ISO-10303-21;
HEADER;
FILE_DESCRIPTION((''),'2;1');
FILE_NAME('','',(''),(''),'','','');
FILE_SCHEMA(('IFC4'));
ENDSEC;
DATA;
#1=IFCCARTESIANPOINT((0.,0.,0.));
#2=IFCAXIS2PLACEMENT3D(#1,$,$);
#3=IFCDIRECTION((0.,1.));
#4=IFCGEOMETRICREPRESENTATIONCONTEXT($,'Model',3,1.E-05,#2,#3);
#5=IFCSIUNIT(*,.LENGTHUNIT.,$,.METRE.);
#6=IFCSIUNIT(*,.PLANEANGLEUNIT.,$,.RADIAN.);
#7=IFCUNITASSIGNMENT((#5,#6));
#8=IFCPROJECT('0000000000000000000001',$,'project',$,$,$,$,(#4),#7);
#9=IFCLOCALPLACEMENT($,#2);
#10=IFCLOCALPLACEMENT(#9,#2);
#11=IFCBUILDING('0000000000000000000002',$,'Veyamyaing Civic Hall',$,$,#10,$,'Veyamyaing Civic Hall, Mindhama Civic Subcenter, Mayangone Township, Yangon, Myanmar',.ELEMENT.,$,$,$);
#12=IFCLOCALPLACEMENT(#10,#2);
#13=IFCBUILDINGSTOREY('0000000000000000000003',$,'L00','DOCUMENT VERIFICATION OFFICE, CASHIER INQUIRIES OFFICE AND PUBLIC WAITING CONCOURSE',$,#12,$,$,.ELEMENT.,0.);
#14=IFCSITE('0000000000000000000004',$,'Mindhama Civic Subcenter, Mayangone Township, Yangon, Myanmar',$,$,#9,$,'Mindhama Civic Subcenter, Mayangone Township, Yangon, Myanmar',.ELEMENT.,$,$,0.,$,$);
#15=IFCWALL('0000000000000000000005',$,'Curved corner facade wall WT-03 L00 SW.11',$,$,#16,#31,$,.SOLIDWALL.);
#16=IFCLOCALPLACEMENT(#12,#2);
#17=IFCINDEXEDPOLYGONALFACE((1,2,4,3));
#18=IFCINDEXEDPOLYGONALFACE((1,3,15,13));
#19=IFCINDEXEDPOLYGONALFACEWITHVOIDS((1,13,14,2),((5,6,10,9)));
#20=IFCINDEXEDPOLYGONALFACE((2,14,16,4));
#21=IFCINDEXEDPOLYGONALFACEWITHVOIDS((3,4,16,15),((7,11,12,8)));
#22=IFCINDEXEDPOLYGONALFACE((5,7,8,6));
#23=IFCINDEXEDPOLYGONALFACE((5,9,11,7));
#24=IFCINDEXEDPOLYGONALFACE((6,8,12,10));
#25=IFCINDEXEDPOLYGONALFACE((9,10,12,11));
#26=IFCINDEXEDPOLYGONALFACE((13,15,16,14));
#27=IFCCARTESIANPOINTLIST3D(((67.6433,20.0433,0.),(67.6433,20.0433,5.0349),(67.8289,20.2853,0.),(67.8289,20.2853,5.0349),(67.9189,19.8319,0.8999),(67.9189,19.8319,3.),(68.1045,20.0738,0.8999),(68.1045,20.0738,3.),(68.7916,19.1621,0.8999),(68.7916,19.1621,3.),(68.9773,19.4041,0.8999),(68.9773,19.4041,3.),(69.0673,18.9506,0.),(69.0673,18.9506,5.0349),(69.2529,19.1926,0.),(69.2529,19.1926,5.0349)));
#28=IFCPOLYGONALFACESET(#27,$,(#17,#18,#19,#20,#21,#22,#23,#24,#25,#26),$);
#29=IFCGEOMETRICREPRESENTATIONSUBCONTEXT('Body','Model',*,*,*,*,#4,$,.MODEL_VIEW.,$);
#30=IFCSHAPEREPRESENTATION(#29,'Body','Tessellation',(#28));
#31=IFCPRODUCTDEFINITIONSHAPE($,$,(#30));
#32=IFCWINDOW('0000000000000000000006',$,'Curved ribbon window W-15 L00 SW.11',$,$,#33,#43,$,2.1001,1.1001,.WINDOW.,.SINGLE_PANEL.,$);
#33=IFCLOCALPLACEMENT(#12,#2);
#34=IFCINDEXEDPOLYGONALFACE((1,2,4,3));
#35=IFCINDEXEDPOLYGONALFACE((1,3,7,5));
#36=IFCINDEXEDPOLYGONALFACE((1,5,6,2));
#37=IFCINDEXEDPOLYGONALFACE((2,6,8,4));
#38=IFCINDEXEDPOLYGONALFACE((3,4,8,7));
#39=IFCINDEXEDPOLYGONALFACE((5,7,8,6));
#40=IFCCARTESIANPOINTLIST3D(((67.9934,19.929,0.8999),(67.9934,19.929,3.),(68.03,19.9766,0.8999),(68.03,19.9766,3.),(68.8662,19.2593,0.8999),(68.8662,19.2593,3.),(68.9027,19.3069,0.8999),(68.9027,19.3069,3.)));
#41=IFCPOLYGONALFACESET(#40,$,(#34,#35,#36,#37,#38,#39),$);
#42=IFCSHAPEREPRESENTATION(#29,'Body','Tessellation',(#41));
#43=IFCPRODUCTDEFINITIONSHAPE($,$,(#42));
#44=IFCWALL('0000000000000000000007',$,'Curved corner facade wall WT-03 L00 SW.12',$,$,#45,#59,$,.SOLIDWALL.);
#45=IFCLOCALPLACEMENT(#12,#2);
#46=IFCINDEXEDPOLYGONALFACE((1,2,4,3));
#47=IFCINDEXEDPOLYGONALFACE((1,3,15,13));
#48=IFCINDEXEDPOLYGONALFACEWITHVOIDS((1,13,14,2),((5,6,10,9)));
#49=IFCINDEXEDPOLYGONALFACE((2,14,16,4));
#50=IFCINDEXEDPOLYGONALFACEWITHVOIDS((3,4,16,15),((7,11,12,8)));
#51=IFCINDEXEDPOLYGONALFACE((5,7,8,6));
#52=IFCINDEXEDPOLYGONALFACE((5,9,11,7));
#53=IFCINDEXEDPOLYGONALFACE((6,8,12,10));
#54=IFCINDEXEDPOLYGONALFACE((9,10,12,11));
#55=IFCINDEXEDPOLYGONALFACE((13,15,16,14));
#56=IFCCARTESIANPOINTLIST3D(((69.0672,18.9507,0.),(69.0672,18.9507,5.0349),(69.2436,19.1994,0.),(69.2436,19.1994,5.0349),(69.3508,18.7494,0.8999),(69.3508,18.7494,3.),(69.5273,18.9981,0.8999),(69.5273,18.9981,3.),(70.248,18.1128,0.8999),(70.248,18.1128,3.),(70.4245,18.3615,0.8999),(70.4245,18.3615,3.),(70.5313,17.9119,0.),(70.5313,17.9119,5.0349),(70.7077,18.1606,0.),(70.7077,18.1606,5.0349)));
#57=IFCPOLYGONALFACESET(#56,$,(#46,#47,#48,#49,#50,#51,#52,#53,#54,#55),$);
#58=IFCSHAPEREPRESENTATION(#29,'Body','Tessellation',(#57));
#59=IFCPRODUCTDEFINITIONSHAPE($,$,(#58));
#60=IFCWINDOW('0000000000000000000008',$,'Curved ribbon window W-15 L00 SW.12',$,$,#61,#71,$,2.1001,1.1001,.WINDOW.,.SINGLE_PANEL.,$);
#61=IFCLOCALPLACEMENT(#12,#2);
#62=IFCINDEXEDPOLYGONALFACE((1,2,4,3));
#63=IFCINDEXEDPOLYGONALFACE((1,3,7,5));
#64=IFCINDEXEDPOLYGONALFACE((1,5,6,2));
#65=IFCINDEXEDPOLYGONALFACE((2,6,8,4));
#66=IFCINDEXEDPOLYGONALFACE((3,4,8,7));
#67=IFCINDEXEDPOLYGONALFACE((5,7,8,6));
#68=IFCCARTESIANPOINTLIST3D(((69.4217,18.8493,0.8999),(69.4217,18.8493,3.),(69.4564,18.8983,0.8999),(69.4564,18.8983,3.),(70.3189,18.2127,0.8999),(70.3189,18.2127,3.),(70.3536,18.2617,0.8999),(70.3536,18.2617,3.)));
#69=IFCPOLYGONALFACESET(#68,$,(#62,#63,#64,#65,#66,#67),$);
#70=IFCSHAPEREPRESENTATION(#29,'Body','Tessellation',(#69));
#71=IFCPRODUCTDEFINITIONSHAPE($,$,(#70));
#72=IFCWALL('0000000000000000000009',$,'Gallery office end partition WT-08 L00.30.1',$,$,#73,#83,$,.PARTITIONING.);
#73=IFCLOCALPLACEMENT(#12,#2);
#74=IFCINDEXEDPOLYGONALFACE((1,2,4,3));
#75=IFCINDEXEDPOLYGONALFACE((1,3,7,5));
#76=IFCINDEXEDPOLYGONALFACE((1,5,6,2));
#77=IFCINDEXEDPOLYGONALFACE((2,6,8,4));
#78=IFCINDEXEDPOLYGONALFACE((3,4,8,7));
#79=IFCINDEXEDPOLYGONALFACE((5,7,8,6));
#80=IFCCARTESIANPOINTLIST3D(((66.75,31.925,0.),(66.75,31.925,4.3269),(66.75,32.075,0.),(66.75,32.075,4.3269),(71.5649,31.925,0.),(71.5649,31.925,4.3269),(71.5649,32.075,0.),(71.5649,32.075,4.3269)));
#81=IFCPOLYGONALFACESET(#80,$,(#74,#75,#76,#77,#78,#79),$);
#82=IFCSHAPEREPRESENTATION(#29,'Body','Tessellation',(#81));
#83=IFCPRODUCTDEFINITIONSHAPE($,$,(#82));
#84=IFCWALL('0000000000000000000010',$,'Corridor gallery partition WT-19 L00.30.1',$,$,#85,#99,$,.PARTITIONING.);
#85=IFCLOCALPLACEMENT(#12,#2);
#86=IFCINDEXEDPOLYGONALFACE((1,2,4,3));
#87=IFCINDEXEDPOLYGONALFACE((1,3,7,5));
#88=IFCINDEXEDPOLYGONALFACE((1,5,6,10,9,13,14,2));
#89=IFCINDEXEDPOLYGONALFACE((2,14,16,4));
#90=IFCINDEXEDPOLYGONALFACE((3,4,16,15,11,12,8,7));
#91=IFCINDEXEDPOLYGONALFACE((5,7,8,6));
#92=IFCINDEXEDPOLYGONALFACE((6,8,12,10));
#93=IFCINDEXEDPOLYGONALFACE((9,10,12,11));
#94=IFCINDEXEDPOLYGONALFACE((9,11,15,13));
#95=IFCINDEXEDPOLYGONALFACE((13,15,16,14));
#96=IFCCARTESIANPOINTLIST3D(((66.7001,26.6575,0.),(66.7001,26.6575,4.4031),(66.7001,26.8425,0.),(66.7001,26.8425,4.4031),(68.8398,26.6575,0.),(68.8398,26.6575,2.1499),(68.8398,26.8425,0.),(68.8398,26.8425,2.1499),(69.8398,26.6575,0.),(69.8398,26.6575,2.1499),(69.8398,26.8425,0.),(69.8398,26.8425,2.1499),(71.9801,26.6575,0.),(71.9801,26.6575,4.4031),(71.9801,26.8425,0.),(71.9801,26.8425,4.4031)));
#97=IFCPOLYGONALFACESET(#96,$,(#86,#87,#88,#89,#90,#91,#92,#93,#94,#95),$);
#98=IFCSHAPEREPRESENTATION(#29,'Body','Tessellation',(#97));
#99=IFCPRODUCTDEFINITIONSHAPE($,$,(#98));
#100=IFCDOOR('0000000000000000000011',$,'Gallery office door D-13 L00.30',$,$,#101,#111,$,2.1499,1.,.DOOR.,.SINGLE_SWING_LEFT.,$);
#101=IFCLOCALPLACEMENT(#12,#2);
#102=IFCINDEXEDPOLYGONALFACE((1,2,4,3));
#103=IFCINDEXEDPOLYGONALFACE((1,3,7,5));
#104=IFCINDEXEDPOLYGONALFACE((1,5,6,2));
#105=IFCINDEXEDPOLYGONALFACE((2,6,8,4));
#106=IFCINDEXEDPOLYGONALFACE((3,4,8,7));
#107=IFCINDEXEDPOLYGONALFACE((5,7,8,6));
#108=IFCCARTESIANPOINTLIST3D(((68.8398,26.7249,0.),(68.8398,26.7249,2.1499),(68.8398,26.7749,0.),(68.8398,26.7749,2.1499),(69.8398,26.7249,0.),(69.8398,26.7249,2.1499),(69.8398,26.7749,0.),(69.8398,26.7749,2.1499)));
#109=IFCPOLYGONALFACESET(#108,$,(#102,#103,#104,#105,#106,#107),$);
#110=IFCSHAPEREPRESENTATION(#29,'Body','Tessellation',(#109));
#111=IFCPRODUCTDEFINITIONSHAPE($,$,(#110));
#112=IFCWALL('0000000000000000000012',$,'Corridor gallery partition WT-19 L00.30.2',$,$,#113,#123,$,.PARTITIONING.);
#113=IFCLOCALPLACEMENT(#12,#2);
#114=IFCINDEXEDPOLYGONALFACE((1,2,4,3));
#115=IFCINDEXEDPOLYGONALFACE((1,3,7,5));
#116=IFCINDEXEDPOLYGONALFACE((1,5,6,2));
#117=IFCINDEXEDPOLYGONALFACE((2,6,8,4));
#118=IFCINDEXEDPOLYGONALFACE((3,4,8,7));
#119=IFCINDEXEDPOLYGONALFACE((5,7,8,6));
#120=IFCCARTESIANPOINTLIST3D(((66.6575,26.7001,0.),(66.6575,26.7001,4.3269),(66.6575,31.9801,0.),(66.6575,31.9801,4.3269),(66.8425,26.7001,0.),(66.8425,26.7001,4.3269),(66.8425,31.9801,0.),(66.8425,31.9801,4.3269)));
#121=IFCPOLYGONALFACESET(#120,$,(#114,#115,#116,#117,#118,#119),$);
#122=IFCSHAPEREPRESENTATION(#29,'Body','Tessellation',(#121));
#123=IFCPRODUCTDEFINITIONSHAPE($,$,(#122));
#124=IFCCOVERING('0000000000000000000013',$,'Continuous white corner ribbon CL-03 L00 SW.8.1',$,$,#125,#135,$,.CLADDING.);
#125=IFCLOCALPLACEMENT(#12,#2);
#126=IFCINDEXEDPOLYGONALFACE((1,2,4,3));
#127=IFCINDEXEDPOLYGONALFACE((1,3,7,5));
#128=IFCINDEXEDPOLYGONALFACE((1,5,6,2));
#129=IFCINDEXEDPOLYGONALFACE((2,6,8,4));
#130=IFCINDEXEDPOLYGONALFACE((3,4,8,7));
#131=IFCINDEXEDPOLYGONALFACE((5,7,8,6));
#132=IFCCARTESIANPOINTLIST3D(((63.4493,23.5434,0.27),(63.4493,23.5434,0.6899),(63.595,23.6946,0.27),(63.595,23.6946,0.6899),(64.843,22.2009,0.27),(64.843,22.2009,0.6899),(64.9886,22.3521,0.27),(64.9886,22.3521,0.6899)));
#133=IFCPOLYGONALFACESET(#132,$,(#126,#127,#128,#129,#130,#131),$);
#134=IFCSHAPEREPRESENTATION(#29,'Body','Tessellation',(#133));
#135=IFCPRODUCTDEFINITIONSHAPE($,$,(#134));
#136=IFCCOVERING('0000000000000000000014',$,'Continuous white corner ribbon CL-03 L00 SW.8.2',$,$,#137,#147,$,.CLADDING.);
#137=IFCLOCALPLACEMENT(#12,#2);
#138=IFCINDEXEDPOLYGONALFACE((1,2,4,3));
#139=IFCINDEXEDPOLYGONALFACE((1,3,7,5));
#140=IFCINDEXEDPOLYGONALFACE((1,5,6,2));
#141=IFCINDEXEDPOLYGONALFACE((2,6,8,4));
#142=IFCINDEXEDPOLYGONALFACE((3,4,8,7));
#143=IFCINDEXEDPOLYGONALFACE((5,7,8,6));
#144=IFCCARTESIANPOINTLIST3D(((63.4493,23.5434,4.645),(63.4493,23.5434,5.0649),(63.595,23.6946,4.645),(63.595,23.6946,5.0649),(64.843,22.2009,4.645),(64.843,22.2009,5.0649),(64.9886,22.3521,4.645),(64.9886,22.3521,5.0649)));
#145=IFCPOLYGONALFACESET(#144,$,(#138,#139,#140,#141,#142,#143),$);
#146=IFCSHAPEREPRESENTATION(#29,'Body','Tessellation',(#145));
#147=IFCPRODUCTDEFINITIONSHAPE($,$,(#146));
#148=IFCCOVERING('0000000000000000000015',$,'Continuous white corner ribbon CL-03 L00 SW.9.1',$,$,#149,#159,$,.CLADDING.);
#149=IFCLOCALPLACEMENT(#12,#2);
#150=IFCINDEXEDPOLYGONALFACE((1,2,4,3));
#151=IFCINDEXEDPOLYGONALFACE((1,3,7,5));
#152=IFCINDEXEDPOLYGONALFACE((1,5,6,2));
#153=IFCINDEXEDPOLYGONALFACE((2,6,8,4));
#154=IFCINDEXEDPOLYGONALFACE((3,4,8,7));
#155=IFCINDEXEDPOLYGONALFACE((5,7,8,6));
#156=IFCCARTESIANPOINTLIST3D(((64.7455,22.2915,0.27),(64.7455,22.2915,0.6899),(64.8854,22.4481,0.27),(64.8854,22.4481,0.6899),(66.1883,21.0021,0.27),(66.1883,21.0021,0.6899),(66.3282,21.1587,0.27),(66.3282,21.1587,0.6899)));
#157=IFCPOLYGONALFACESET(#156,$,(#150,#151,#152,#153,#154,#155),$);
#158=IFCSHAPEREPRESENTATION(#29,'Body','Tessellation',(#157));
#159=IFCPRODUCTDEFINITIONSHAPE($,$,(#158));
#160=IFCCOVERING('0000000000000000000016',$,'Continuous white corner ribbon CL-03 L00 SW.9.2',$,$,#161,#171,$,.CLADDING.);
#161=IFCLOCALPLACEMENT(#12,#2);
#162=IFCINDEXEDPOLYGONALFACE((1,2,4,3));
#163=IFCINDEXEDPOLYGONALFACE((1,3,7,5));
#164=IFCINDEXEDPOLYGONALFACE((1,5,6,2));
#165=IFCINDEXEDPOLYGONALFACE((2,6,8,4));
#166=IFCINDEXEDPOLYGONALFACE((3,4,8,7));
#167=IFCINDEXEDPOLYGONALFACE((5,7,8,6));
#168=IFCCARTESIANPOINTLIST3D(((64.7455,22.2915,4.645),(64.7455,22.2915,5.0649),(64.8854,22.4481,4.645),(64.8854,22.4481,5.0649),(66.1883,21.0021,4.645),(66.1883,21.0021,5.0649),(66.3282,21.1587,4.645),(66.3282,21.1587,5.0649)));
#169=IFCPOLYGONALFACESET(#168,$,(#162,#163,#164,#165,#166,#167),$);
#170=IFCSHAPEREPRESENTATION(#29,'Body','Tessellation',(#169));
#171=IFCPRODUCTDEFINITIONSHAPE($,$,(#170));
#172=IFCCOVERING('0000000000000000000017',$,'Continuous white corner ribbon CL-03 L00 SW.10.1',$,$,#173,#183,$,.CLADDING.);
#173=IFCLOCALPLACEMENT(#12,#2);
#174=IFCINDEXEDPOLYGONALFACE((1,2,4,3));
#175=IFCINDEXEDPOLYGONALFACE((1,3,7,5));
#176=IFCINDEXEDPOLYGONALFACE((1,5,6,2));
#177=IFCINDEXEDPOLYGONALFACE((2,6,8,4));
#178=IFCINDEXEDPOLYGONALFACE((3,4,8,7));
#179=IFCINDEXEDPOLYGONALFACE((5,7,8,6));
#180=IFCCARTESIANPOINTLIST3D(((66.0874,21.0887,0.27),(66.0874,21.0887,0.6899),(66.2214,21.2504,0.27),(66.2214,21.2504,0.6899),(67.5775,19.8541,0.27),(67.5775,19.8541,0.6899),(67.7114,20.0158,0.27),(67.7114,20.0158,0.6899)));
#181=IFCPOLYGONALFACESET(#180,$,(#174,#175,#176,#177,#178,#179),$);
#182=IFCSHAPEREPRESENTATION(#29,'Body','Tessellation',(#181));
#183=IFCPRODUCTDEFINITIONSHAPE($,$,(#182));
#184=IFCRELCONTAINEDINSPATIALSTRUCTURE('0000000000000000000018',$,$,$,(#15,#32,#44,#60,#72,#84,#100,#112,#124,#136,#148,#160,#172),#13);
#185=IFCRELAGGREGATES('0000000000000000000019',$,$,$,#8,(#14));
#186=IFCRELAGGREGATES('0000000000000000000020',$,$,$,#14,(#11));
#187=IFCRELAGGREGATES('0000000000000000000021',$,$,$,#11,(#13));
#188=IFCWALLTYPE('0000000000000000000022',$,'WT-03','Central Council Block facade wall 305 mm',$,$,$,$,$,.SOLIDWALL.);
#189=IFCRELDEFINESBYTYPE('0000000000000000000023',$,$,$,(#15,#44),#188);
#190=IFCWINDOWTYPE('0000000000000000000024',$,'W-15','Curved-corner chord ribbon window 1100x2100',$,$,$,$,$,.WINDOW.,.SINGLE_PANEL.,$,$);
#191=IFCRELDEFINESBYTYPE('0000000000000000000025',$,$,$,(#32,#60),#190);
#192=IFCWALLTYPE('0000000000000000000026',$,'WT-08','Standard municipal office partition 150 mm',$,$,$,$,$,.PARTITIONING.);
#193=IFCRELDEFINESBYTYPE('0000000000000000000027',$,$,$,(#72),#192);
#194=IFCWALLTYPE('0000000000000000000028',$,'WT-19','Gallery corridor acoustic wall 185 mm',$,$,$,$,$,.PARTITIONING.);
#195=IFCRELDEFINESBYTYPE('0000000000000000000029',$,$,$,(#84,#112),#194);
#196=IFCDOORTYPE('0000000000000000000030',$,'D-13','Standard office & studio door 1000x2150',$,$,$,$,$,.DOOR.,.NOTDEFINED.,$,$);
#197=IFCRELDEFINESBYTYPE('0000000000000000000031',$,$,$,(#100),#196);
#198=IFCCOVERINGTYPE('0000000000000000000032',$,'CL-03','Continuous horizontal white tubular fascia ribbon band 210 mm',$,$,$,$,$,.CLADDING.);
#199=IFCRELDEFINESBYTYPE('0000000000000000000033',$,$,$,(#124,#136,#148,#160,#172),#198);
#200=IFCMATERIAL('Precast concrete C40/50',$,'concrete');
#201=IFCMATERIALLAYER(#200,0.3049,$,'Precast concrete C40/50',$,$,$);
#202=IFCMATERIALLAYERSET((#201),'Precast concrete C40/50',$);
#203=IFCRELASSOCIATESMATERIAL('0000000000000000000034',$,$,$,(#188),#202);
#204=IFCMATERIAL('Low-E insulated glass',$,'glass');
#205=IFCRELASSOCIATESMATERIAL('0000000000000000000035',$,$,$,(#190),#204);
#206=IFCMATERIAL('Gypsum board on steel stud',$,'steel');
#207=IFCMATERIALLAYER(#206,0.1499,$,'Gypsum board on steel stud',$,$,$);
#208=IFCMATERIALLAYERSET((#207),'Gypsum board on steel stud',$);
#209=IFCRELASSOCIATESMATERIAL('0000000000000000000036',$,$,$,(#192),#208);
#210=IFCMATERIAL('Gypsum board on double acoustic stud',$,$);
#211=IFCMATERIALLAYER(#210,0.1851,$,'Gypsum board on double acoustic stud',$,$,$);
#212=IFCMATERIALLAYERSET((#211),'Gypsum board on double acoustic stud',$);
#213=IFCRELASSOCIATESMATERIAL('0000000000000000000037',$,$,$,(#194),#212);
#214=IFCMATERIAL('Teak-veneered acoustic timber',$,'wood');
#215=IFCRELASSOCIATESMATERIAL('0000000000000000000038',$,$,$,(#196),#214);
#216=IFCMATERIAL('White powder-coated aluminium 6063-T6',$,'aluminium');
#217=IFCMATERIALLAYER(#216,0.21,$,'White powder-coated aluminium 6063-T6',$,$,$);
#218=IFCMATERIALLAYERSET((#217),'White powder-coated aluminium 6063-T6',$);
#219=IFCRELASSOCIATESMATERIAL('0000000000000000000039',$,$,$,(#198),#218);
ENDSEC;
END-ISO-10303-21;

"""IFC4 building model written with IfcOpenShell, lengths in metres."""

from ifc_helpers import new_model, si_unit, direction, frame, frame_2d, origin, origin_2d, place, context, subcontext, project, spatial, rectangle, extrude, material, layer, layer_set, type_object, element, fill, save


model = new_model("IFC4")

# Units and contexts
model_context = context("Model", 3, precision=1e-05, world=origin(), true_north=direction((0.0, 1.0)))
body_context = subcontext(model_context, "Body", "Model", "MODEL_VIEW")
ifc_project = project(units=[si_unit("LENGTHUNIT", "METRE"), si_unit("PLANEANGLEUNIT", "RADIAN")], contexts=[model_context])

# Site, building, storey
site_placement = place(None, origin())
site = spatial("IfcSite", under=ifc_project, at=site_placement, Name="Mindhama Civic Subcenter, Mayangone Township, Yangon, Myanmar", LongName="Mindhama Civic Subcenter, Mayangone Township, Yangon, Myanmar", CompositionType="ELEMENT", RefElevation=0.0)
building_placement = place(site_placement, origin())
building = spatial("IfcBuilding", under=site, at=building_placement, Name="Veyamyaing Civic Hall", LongName="Veyamyaing Civic Hall, Mindhama Civic Subcenter, Mayangone Township, Yangon, Myanmar", CompositionType="ELEMENT")
storey_placement = place(building_placement, origin())
storey = spatial("IfcBuildingStorey", under=building, at=storey_placement, Name="L00", Description="DOCUMENT VERIFICATION OFFICE, CASHIER INQUIRIES OFFICE AND PUBLIC WAITING CONCOURSE", CompositionType="ELEMENT", Elevation=0.0)

# Shared definitions
ifc_material_1 = material(Name="Precast concrete C40/50", Category="concrete")
ifc_layer_1 = layer(ifc_material_1, 0.3049, Name="Precast concrete C40/50")
ifc_layer_set_1 = layer_set([ifc_layer_1], Name="Precast concrete C40/50")
wall_type_1 = type_object("IfcWallType", Name="WT-03", Description="Central Council Block facade wall 305 mm", PredefinedType="SOLIDWALL", material=ifc_layer_set_1)

# Walls, openings, windows
wall_1_placement = place(storey_placement, frame((67.7361, 20.1643, 0.0), z_axis=(0.0, 0.0, 1.0), x_axis=(0.793341, -0.608777, 0.0)))
wall_1 = element("IfcWall", 1, at=wall_1_placement, inside=storey, type_object=wall_type_1, Name="Curved corner facade wall WT-03 L00 SW.11", PredefinedType="SOLIDWALL", context=body_context, shape_type="SweptSolid", body=[
    extrude(rectangle(XDim=1.7949, YDim=0.3049, at=frame_2d((0.8975, 0.0))), origin(), (0.0, 0.0, 1.0), 5.0349),
])
opening_1_placement = place(wall_1_placement, frame((0.3474, 0.0, 0.8999)))
opening_1 = element("IfcOpeningElement", 2, at=opening_1_placement, cuts=wall_1, PredefinedType="OPENING", context=body_context, shape_type="SweptSolid", body=[
    extrude(rectangle(XDim=1.1001, YDim=2.1001, at=frame_2d((0.55, 1.05))), frame((0.0, 0.1624, 0.0), z_axis=(0.0, -1.0, 0.0), x_axis=(1.0, 0.0, 0.0)), (0.0, 0.0, 1.0), 0.325),
])
ifc_material_2 = material(Name="Low-E insulated glass", Category="glass")
window_type = type_object("IfcWindowType", Name="W-15", Description="Curved-corner chord ribbon window 1100x2100", PartitioningType="SINGLE_PANEL", PredefinedType="WINDOW", material=ifc_material_2)
window_1_placement = place(opening_1_placement, origin())
window_1 = element("IfcWindow", 3, at=window_1_placement, inside=storey, type_object=window_type, Name="Curved ribbon window W-15 L00 SW.11", OverallHeight=2.1001, OverallWidth=1.1001, PartitioningType="SINGLE_PANEL", PredefinedType="WINDOW", context=body_context, shape_type="SweptSolid", body=[
    extrude(rectangle(XDim=1.1001, YDim=2.1001, at=frame_2d((0.55, 1.05))), frame((0.0, 0.03, 0.0), z_axis=(0.0, -1.0, 0.0), x_axis=(1.0, 0.0, 0.0)), (0.0, 0.0, 1.0), 0.0601),
])
fill(opening_1, window_1)
wall_2_placement = place(storey_placement, frame((69.1555, 19.075, 0.0), z_axis=(0.0, 0.0, 1.0), x_axis=(0.815567, -0.578662, 0.0)))
wall_2 = element("IfcWall", 4, at=wall_2_placement, inside=storey, type_object=wall_type_1, Name="Curved corner facade wall WT-03 L00 SW.12", PredefinedType="SOLIDWALL", context=body_context, shape_type="SweptSolid", body=[
    extrude(rectangle(XDim=1.7952, YDim=0.3049, at=frame_2d((0.8975, 0.0))), origin(), (0.0, 0.0, 1.0), 5.0349),
])
opening_2_placement = place(wall_2_placement, frame((0.3477, 0.0, 0.8999)))
opening_2 = element("IfcOpeningElement", 5, at=opening_2_placement, cuts=wall_2, PredefinedType="OPENING", context=body_context, shape_type="SweptSolid", body=[
    extrude(rectangle(XDim=1.1001, YDim=2.1001, at=frame_2d((0.55, 1.05))), frame((0.0, 0.1624, 0.0), z_axis=(0.0, -1.0, 0.0), x_axis=(1.0, 0.0, 0.0)), (0.0, 0.0, 1.0), 0.325),
])
window_2_placement = place(opening_2_placement, origin())
window_2 = element("IfcWindow", 6, at=window_2_placement, inside=storey, type_object=window_type, Name="Curved ribbon window W-15 L00 SW.12", OverallHeight=2.1001, OverallWidth=1.1001, PartitioningType="SINGLE_PANEL", PredefinedType="WINDOW", context=body_context, shape_type="SweptSolid", body=[
    extrude(rectangle(XDim=1.1001, YDim=2.1001, at=frame_2d((0.55, 1.05))), frame((0.0, 0.03, 0.0), z_axis=(0.0, -1.0, 0.0), x_axis=(1.0, 0.0, 0.0)), (0.0, 0.0, 1.0), 0.0601),
])
fill(opening_2, window_2)

# Wall
ifc_material_3 = material(Name="Gypsum board on steel stud", Category="steel")
ifc_layer_2 = layer(ifc_material_3, 0.1499, Name="Gypsum board on steel stud")
ifc_layer_set_2 = layer_set([ifc_layer_2], Name="Gypsum board on steel stud")
wall_type_2 = type_object("IfcWallType", Name="WT-08", Description="Standard municipal office partition 150 mm", PredefinedType="PARTITIONING", material=ifc_layer_set_2)
wall_3_placement = place(storey_placement, frame((66.75, 32.0, 0.0), z_axis=(0.0, 0.0, 1.0), x_axis=(1.0, 0.0, 0.0)))
element("IfcWall", 7, at=wall_3_placement, inside=storey, type_object=wall_type_2, Name="Gallery office end partition WT-08 L00.30.1", PredefinedType="PARTITIONING", context=body_context, shape_type="SweptSolid", body=[
    extrude(rectangle(XDim=4.8149, YDim=0.1499, at=frame_2d((2.4075, 0.0))), origin(), (0.0, 0.0, 1.0), 4.3269),
])

# Wall, opening, door
ifc_material_4 = material(Name="Gypsum board on double acoustic stud")
ifc_layer_3 = layer(ifc_material_4, 0.1851, Name="Gypsum board on double acoustic stud")
ifc_layer_set_3 = layer_set([ifc_layer_3], Name="Gypsum board on double acoustic stud")
wall_type_3 = type_object("IfcWallType", Name="WT-19", Description="Gallery corridor acoustic wall 185 mm", PredefinedType="PARTITIONING", material=ifc_layer_set_3)
wall_4_placement = place(storey_placement, frame((66.7, 26.75, 0.0), z_axis=(0.0, 0.0, 1.0), x_axis=(1.0, 0.0, 0.0)))
wall_4 = element("IfcWall", 8, at=wall_4_placement, inside=storey, type_object=wall_type_3, Name="Corridor gallery partition WT-19 L00.30.1", PredefinedType="PARTITIONING", context=body_context, shape_type="SweptSolid", body=[
    extrude(rectangle(XDim=5.28, YDim=0.1851, at=frame_2d((2.6401, 0.0))), origin(), (0.0, 0.0, 1.0), 4.4031),
])
opening_3_placement = place(wall_4_placement, frame((2.1399, 0.0, 0.0)))
opening_3 = element("IfcOpeningElement", 9, at=opening_3_placement, cuts=wall_4, PredefinedType="OPENING", context=body_context, shape_type="SweptSolid", body=[
    extrude(rectangle(XDim=1.0, YDim=2.1499, at=frame_2d((0.5, 1.075))), frame((0.0, 0.1025, 0.0), z_axis=(0.0, -1.0, 0.0), x_axis=(1.0, 0.0, 0.0)), (0.0, 0.0, 1.0), 0.2051),
])
ifc_material_5 = material(Name="Teak-veneered acoustic timber", Category="wood")
door_type = type_object("IfcDoorType", Name="D-13", Description="Standard office & studio door 1000x2150", OperationType="NOTDEFINED", PredefinedType="DOOR", material=ifc_material_5)
door_placement = place(opening_3_placement, origin())
door = element("IfcDoor", 10, at=door_placement, inside=storey, type_object=door_type, Name="Gallery office door D-13 L00.30", OperationType="SINGLE_SWING_LEFT", OverallHeight=2.1499, OverallWidth=1.0, PredefinedType="DOOR", context=body_context, shape_type="SweptSolid", body=[
    extrude(rectangle(XDim=1.0, YDim=2.1499, at=frame_2d((0.5, 1.075))), frame((0.0, 0.0249, 0.0), z_axis=(0.0, -1.0, 0.0), x_axis=(1.0, 0.0, 0.0)), (0.0, 0.0, 1.0), 0.05),
])
fill(opening_3, door)

# Wall
wall_5_placement = place(storey_placement, frame((66.75, 26.7, 0.0), z_axis=(0.0, 0.0, 1.0), x_axis=(0.0, 1.0, 0.0)))
element("IfcWall", 11, at=wall_5_placement, inside=storey, type_object=wall_type_3, Name="Corridor gallery partition WT-19 L00.30.2", PredefinedType="PARTITIONING", context=body_context, shape_type="SweptSolid", body=[
    extrude(rectangle(XDim=5.28, YDim=0.1851, at=frame_2d((2.6401, 0.0))), origin(), (0.0, 0.0, 1.0), 4.3269),
])

# Coverings
ifc_material_6 = material(Name="White powder-coated aluminium 6063-T6", Category="aluminium")
ifc_layer_4 = layer(ifc_material_6, 0.21, Name="White powder-coated aluminium 6063-T6")
ifc_layer_set_4 = layer_set([ifc_layer_4], Name="White powder-coated aluminium 6063-T6")
covering_type = type_object("IfcCoveringType", Name="CL-03", Description="Continuous horizontal white tubular fascia ribbon band 210 mm", PredefinedType="CLADDING", material=ifc_layer_set_4)
for number, where, z_axis, x_axis, name in (
    (12, (64.219, 22.9478, 0.27), (0.0, 0.0, 1.0), (0.720205, -0.693761, 0.0), "Continuous white corner ribbon CL-03 L00 SW.8.1"),
    (13, (64.219, 22.9478, 4.645), (0.0, 0.0, 1.0), (0.720205, -0.693761, 0.0), "Continuous white corner ribbon CL-03 L00 SW.8.2"),
    (14, (65.5369, 21.7251, 0.27), (0.0, 0.0, 1.0), (0.745642, -0.666347, 0.0), "Continuous white corner ribbon CL-03 L00 SW.9.1"),
    (15, (65.5369, 21.7251, 4.645), (0.0, 0.0, 1.0), (0.745642, -0.666347, 0.0), "Continuous white corner ribbon CL-03 L00 SW.9.2"),
    (16, (66.8994, 20.5522, 0.27), (0.0, 0.0, 1.0), (0.770036, -0.638, 0.0), "Continuous white corner ribbon CL-03 L00 SW.10.1"),
):
    element("IfcCovering", number, at=place(storey_placement, frame(where, z_axis=z_axis, x_axis=x_axis)), inside=storey, type_object=covering_type, Name=name, PredefinedType="CLADDING", context=body_context, shape_type="SweptSolid", body=[
        extrude(rectangle(XDim=1.9351, YDim=0.21, at=origin_2d()), origin(), (0.0, 0.0, 1.0), 0.4199),
    ])

save(model, "model.ifc")
